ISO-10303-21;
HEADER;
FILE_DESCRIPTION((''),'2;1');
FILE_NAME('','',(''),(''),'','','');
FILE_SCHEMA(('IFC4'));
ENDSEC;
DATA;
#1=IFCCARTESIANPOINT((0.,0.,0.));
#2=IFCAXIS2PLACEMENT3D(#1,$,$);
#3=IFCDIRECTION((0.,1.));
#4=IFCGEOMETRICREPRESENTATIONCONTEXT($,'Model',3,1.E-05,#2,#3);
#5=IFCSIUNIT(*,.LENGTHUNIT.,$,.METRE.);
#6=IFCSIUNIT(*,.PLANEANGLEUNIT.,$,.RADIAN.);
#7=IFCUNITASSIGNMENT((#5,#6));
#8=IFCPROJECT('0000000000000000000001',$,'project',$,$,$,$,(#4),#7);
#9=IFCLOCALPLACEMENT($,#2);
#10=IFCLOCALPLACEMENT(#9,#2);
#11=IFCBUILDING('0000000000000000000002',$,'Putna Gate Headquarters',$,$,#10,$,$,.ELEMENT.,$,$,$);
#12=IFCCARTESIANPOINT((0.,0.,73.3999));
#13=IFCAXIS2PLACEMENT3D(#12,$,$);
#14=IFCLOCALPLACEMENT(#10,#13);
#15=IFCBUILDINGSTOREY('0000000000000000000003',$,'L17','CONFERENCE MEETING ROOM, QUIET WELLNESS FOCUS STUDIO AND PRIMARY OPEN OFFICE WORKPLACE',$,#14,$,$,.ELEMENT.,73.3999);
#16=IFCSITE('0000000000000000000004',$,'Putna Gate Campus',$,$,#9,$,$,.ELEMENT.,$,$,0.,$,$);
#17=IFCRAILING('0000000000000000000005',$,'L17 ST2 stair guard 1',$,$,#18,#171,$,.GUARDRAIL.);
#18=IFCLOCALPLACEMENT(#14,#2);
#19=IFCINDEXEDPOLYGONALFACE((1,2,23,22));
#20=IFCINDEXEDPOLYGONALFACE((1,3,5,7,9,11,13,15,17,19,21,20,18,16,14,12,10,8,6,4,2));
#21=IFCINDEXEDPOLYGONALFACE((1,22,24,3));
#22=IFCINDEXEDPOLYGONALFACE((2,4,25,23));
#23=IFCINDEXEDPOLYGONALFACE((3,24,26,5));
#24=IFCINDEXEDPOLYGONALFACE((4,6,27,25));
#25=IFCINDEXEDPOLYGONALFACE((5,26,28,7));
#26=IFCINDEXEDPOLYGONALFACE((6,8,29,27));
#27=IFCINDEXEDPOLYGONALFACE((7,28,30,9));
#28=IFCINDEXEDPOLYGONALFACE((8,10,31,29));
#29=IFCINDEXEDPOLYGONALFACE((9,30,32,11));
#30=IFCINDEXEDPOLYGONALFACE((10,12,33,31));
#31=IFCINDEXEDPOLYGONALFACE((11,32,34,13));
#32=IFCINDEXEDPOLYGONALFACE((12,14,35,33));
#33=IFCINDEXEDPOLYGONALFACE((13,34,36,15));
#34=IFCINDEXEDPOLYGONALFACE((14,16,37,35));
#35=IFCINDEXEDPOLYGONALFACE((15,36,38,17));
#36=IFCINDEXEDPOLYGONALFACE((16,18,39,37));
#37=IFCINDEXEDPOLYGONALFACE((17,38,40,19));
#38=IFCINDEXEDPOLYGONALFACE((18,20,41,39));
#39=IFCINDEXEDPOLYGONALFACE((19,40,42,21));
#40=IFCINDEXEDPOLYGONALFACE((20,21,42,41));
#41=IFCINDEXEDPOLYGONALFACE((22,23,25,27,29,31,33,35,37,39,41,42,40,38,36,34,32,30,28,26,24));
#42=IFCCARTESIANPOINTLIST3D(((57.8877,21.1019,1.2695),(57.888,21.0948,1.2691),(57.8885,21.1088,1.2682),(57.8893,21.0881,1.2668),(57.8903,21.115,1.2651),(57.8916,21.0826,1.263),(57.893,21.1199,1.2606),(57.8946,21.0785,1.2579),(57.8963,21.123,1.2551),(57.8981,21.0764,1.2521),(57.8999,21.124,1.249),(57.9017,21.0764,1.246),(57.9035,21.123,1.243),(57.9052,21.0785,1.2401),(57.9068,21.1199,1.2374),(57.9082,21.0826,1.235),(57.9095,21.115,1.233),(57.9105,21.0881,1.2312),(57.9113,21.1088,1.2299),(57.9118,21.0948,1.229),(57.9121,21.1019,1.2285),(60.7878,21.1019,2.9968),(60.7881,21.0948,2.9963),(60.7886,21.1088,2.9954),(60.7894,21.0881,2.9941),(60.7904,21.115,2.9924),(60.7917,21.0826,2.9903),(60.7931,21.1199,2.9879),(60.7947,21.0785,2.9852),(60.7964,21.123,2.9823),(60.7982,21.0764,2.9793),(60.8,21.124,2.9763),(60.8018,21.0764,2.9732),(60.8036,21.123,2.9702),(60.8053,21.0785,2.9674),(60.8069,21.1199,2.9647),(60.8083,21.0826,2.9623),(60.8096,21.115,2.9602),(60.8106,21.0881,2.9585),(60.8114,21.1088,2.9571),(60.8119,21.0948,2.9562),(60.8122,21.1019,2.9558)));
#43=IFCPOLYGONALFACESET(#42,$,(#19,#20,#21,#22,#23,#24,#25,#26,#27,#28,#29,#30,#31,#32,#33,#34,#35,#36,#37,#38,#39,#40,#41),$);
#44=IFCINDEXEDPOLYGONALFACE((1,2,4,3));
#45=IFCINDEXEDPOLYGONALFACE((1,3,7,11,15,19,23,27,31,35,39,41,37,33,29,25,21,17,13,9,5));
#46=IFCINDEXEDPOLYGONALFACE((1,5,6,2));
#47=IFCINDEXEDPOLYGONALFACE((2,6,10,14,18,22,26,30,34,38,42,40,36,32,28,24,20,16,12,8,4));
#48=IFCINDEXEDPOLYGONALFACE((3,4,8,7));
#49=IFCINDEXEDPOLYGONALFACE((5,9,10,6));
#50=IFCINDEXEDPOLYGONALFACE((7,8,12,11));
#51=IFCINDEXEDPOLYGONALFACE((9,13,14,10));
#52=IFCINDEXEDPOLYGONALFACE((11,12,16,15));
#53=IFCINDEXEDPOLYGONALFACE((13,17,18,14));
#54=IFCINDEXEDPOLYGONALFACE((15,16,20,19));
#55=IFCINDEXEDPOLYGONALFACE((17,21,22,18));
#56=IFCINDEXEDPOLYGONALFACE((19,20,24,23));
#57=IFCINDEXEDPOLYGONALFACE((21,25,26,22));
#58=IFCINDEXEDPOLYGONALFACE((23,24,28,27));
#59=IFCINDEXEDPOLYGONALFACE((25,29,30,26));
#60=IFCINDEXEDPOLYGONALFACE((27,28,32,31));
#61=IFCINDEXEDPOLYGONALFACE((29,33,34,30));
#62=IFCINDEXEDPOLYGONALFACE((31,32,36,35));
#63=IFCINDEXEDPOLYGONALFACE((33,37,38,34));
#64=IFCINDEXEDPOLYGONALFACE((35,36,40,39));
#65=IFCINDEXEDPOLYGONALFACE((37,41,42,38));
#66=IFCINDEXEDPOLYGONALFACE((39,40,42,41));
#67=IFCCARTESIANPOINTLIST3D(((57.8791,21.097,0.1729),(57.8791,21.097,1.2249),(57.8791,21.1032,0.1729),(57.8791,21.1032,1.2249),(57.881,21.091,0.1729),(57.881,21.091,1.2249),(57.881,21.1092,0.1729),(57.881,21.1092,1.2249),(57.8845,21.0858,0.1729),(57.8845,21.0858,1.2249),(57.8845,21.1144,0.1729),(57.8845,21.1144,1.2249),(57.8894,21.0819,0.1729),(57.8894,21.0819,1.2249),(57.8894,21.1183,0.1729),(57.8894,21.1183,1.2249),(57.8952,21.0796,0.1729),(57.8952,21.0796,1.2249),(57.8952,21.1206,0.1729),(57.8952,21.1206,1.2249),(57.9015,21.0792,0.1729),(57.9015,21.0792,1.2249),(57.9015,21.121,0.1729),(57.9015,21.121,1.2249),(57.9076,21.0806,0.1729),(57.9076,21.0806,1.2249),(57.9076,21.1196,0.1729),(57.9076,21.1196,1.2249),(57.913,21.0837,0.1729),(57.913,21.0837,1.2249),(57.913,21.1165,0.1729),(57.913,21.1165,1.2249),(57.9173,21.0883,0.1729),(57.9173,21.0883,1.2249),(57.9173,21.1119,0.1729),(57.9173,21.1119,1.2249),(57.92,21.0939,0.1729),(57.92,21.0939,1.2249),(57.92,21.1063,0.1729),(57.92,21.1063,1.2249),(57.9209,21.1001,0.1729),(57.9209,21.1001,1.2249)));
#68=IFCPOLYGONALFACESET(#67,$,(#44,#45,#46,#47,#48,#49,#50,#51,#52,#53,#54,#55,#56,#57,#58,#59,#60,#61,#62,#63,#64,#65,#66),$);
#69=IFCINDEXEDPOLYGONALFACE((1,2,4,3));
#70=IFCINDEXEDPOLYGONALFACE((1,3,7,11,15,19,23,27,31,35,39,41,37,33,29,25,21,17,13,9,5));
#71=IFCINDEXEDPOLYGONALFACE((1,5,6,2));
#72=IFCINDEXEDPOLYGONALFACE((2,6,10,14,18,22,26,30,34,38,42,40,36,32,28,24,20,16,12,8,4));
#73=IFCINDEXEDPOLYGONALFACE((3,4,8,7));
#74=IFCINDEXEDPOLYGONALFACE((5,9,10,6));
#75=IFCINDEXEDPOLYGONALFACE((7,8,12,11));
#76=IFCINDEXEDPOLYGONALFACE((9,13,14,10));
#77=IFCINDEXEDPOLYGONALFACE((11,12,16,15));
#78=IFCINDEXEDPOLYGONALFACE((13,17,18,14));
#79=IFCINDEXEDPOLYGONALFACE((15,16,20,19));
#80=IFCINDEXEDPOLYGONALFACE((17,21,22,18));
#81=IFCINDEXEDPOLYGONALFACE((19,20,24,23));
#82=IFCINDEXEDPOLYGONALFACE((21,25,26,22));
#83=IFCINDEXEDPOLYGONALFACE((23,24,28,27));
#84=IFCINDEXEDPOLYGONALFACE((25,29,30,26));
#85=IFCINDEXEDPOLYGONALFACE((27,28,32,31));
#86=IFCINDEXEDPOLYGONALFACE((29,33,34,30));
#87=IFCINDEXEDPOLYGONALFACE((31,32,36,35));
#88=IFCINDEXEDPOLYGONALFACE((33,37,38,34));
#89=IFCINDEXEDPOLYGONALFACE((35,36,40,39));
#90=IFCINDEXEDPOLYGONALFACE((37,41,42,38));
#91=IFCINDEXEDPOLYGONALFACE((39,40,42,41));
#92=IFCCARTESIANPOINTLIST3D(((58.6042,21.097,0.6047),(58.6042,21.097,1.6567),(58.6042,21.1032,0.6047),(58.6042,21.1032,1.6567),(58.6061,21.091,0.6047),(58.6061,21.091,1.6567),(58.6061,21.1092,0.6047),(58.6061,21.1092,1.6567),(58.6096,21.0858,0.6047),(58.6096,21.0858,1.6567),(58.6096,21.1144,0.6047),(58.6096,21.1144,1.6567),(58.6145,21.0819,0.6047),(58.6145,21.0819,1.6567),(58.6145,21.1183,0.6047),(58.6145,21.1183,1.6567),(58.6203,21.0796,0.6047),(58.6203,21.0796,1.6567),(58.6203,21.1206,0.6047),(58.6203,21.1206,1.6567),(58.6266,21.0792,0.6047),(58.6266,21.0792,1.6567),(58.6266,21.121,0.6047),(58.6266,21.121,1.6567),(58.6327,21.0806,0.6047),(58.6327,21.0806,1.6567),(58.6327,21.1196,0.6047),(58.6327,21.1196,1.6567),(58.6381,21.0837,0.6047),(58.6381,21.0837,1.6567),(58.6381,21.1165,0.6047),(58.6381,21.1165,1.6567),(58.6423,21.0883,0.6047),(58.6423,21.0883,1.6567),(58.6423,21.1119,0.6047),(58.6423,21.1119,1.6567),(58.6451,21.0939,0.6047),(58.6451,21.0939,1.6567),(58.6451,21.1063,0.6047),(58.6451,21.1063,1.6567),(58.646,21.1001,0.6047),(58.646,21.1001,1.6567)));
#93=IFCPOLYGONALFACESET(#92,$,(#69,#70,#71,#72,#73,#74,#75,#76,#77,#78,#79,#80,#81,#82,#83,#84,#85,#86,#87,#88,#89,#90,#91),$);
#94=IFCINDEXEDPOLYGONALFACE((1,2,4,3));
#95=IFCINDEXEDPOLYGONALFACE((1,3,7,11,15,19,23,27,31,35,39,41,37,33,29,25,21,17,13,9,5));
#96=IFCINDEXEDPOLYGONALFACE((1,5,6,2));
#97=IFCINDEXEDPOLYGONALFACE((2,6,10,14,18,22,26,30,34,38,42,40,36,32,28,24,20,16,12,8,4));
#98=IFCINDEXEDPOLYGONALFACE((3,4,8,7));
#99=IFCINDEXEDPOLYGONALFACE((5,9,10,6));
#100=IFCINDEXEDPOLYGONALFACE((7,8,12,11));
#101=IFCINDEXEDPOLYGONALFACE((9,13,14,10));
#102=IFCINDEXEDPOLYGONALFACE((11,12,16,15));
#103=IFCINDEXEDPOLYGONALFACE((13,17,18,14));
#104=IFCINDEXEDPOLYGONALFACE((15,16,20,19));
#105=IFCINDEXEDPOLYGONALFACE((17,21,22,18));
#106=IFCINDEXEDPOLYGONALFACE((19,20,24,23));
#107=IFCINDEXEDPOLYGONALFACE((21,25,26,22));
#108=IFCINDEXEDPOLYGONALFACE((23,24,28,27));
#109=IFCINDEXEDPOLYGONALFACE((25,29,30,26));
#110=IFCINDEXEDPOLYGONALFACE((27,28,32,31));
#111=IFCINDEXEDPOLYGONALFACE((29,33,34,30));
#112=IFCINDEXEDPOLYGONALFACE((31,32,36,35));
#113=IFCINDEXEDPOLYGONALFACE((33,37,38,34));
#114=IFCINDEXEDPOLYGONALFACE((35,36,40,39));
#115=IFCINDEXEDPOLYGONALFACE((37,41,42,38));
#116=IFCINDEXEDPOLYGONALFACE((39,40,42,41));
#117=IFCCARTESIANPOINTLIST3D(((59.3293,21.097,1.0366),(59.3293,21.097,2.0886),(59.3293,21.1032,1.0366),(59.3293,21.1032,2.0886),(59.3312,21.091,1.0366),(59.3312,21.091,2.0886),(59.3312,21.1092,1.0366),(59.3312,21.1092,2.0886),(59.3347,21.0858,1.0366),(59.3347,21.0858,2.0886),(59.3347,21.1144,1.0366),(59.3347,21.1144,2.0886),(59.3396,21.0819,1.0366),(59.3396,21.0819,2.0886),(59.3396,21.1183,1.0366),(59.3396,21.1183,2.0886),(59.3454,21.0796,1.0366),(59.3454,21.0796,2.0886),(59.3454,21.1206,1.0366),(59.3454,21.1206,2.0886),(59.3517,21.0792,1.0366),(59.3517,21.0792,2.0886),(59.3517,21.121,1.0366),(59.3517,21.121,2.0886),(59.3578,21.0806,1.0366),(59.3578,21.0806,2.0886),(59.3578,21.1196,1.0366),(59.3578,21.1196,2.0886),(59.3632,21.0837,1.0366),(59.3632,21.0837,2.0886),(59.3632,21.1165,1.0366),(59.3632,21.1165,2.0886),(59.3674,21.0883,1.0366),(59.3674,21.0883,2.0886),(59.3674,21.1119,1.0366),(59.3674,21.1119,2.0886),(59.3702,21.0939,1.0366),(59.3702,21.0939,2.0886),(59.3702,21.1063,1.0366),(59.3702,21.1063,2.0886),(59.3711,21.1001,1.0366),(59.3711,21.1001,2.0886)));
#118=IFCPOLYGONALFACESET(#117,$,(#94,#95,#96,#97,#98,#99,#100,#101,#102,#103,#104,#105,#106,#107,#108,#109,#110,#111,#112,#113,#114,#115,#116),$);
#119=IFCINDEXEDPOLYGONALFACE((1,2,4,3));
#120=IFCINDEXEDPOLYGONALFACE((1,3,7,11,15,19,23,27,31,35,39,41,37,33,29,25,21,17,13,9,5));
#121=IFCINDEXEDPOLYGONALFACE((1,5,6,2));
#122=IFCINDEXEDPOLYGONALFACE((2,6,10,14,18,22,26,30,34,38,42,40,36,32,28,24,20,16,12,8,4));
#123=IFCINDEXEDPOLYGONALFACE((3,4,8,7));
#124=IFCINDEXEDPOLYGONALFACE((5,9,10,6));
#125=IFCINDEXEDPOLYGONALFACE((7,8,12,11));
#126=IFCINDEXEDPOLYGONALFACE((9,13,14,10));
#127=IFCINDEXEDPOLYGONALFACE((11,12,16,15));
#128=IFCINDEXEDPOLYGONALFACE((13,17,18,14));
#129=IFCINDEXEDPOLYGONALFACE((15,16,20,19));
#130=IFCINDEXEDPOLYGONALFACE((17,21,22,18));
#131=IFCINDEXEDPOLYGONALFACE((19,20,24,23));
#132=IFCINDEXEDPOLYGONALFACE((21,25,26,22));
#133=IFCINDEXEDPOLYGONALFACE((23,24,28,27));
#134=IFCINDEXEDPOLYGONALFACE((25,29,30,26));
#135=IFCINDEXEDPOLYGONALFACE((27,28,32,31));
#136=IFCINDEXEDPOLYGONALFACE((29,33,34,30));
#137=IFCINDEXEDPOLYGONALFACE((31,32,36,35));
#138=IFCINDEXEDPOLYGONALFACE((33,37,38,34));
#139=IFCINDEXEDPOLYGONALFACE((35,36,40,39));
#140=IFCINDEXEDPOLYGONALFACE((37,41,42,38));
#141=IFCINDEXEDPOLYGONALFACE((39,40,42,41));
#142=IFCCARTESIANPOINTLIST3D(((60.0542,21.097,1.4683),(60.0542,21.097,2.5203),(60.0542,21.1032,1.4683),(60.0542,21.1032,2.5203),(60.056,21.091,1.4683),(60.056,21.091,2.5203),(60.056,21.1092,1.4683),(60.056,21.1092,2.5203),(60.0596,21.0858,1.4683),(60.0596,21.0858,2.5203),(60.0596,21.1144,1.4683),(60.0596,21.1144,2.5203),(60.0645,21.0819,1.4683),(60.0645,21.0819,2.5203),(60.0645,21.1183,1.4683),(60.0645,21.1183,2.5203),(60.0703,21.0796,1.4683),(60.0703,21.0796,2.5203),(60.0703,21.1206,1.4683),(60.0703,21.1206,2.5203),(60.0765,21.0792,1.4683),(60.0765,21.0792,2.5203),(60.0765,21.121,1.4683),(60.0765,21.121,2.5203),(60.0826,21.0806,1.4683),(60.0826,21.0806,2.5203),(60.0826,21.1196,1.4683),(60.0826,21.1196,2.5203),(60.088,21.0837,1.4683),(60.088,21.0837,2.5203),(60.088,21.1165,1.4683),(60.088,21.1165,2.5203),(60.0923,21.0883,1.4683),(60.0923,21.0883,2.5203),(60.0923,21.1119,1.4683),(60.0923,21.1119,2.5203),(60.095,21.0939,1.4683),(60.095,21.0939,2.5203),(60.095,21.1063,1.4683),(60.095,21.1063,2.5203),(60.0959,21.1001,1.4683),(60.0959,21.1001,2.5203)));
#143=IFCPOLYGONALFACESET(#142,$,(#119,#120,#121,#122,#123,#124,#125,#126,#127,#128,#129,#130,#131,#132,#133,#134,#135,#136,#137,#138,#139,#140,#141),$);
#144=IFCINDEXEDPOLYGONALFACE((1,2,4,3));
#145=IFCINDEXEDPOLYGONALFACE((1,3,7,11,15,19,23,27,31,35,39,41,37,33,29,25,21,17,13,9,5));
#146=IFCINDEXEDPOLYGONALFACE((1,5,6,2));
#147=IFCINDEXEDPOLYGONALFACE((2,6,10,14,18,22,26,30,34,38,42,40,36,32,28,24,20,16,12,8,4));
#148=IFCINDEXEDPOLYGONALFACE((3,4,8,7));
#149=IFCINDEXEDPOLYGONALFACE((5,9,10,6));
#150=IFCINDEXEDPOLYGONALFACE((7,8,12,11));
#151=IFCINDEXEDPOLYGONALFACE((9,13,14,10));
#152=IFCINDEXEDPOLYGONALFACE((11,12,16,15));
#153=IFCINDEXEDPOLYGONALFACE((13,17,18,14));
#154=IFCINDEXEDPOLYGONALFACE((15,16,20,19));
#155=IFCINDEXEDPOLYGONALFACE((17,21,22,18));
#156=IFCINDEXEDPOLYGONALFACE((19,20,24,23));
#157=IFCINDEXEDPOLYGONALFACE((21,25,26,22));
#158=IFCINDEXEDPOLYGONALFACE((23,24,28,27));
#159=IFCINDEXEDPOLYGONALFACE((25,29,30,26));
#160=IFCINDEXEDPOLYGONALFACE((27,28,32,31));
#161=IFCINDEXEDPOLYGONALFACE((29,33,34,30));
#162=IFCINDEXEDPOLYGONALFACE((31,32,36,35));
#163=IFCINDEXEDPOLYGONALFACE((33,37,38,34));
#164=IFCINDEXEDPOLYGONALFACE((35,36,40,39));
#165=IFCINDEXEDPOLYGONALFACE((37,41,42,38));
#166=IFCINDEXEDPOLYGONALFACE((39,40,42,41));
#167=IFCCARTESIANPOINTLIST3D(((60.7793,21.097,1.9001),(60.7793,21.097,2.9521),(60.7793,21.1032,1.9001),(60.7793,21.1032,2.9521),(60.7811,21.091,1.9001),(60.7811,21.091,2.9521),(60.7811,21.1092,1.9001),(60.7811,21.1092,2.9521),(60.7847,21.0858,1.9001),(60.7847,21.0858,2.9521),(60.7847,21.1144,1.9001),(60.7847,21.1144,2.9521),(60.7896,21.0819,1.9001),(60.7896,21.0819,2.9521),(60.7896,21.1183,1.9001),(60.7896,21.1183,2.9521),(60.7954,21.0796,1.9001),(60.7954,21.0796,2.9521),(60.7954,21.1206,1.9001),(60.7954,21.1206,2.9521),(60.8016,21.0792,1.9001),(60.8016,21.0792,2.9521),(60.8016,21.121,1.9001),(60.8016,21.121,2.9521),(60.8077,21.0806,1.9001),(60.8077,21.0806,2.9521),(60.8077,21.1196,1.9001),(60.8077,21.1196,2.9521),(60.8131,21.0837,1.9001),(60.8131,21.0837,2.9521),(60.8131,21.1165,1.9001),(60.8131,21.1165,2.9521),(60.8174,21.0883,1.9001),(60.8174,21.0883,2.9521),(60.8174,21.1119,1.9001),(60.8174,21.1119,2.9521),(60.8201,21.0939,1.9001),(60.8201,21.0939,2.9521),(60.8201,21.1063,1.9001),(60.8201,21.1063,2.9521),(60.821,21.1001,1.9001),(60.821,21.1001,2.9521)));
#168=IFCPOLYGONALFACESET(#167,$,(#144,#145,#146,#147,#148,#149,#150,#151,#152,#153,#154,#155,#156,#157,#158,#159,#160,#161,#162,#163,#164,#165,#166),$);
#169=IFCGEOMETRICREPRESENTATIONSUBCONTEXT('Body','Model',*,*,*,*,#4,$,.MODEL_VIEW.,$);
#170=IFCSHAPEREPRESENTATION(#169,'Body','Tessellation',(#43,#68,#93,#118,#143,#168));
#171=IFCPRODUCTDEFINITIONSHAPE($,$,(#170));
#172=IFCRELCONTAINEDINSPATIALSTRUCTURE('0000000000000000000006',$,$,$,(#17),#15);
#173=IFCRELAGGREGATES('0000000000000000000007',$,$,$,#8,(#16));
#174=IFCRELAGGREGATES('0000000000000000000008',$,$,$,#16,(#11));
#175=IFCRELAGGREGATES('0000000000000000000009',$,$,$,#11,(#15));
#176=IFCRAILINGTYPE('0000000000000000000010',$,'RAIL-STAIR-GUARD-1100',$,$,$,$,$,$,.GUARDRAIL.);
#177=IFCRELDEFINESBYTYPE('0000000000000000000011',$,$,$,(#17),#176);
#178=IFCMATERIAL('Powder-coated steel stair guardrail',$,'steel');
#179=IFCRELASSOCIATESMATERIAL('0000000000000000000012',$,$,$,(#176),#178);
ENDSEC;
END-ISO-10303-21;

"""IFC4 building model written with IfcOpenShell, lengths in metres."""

from ifc_helpers import new_model, si_unit, direction, frame, origin, origin_2d, place, context, subcontext, project, spatial, circle, extrude, material, type_object, element, save


model = new_model("IFC4")

# Units and contexts
model_context = context("Model", 3, precision=1e-05, world=origin(), true_north=direction((0.0, 1.0)))
body_context = subcontext(model_context, "Body", "Model", "MODEL_VIEW")
ifc_project = project(units=[si_unit("LENGTHUNIT", "METRE"), si_unit("PLANEANGLEUNIT", "RADIAN")], contexts=[model_context])

# Site, building, storey
site_placement = place(None, origin())
site = spatial("IfcSite", under=ifc_project, at=site_placement, Name="Putna Gate Campus", CompositionType="ELEMENT", RefElevation=0.0)
building_placement = place(site_placement, origin())
building = spatial("IfcBuilding", under=site, at=building_placement, Name="Putna Gate Headquarters", CompositionType="ELEMENT")
storey_placement = place(building_placement, frame((0.0, 0.0, 73.3999)))
storey = spatial("IfcBuildingStorey", under=building, at=storey_placement, Name="L17", Description="CONFERENCE MEETING ROOM, QUIET WELLNESS FOCUS STUDIO AND PRIMARY OPEN OFFICE WORKPLACE", CompositionType="ELEMENT", Elevation=73.3999)

# Railing
ifc_material_1 = material(Name="Powder-coated steel stair guardrail", Category="steel")
railing_type_1 = type_object("IfcRailingType", Name="RAIL-STAIR-GUARD-1100", PredefinedType="GUARDRAIL", material=ifc_material_1)
railing_1_placement = place(storey_placement, frame((57.8999, 21.1001, 0.1729)))
element("IfcRailing", 1, at=railing_1_placement, inside=storey, type_object=railing_type_1, Name="L17 ST2 stair guard 1", PredefinedType="GUARDRAIL", context=body_context, shape_type="SweptSolid", body=[
    extrude(circle(Radius=0.0239, at=origin_2d()), frame((0.0, 0.0, 1.0762), z_axis=(0.85916, 0.0, 0.511706), x_axis=(0.0, 1.0, 0.0)), (0.0, 0.0, 1.0), 3.3755),
    extrude(circle(Radius=0.021, at=origin_2d()), origin(), (0.0, 0.0, 1.0), 1.052),
    extrude(circle(Radius=0.021, at=origin_2d()), frame((0.7251, 0.0, 0.4319)), (0.0, 0.0, 1.0), 1.052),
    extrude(circle(Radius=0.021, at=origin_2d()), frame((1.4502, 0.0, 0.8638)), (0.0, 0.0, 1.0), 1.052),
    extrude(circle(Radius=0.021, at=origin_2d()), frame((2.175, 0.0, 1.2954)), (0.0, 0.0, 1.0), 1.052),
    extrude(circle(Radius=0.021, at=origin_2d()), frame((2.9001, 0.0, 1.7273)), (0.0, 0.0, 1.0), 1.052),
])

save(model, "model.ifc")
